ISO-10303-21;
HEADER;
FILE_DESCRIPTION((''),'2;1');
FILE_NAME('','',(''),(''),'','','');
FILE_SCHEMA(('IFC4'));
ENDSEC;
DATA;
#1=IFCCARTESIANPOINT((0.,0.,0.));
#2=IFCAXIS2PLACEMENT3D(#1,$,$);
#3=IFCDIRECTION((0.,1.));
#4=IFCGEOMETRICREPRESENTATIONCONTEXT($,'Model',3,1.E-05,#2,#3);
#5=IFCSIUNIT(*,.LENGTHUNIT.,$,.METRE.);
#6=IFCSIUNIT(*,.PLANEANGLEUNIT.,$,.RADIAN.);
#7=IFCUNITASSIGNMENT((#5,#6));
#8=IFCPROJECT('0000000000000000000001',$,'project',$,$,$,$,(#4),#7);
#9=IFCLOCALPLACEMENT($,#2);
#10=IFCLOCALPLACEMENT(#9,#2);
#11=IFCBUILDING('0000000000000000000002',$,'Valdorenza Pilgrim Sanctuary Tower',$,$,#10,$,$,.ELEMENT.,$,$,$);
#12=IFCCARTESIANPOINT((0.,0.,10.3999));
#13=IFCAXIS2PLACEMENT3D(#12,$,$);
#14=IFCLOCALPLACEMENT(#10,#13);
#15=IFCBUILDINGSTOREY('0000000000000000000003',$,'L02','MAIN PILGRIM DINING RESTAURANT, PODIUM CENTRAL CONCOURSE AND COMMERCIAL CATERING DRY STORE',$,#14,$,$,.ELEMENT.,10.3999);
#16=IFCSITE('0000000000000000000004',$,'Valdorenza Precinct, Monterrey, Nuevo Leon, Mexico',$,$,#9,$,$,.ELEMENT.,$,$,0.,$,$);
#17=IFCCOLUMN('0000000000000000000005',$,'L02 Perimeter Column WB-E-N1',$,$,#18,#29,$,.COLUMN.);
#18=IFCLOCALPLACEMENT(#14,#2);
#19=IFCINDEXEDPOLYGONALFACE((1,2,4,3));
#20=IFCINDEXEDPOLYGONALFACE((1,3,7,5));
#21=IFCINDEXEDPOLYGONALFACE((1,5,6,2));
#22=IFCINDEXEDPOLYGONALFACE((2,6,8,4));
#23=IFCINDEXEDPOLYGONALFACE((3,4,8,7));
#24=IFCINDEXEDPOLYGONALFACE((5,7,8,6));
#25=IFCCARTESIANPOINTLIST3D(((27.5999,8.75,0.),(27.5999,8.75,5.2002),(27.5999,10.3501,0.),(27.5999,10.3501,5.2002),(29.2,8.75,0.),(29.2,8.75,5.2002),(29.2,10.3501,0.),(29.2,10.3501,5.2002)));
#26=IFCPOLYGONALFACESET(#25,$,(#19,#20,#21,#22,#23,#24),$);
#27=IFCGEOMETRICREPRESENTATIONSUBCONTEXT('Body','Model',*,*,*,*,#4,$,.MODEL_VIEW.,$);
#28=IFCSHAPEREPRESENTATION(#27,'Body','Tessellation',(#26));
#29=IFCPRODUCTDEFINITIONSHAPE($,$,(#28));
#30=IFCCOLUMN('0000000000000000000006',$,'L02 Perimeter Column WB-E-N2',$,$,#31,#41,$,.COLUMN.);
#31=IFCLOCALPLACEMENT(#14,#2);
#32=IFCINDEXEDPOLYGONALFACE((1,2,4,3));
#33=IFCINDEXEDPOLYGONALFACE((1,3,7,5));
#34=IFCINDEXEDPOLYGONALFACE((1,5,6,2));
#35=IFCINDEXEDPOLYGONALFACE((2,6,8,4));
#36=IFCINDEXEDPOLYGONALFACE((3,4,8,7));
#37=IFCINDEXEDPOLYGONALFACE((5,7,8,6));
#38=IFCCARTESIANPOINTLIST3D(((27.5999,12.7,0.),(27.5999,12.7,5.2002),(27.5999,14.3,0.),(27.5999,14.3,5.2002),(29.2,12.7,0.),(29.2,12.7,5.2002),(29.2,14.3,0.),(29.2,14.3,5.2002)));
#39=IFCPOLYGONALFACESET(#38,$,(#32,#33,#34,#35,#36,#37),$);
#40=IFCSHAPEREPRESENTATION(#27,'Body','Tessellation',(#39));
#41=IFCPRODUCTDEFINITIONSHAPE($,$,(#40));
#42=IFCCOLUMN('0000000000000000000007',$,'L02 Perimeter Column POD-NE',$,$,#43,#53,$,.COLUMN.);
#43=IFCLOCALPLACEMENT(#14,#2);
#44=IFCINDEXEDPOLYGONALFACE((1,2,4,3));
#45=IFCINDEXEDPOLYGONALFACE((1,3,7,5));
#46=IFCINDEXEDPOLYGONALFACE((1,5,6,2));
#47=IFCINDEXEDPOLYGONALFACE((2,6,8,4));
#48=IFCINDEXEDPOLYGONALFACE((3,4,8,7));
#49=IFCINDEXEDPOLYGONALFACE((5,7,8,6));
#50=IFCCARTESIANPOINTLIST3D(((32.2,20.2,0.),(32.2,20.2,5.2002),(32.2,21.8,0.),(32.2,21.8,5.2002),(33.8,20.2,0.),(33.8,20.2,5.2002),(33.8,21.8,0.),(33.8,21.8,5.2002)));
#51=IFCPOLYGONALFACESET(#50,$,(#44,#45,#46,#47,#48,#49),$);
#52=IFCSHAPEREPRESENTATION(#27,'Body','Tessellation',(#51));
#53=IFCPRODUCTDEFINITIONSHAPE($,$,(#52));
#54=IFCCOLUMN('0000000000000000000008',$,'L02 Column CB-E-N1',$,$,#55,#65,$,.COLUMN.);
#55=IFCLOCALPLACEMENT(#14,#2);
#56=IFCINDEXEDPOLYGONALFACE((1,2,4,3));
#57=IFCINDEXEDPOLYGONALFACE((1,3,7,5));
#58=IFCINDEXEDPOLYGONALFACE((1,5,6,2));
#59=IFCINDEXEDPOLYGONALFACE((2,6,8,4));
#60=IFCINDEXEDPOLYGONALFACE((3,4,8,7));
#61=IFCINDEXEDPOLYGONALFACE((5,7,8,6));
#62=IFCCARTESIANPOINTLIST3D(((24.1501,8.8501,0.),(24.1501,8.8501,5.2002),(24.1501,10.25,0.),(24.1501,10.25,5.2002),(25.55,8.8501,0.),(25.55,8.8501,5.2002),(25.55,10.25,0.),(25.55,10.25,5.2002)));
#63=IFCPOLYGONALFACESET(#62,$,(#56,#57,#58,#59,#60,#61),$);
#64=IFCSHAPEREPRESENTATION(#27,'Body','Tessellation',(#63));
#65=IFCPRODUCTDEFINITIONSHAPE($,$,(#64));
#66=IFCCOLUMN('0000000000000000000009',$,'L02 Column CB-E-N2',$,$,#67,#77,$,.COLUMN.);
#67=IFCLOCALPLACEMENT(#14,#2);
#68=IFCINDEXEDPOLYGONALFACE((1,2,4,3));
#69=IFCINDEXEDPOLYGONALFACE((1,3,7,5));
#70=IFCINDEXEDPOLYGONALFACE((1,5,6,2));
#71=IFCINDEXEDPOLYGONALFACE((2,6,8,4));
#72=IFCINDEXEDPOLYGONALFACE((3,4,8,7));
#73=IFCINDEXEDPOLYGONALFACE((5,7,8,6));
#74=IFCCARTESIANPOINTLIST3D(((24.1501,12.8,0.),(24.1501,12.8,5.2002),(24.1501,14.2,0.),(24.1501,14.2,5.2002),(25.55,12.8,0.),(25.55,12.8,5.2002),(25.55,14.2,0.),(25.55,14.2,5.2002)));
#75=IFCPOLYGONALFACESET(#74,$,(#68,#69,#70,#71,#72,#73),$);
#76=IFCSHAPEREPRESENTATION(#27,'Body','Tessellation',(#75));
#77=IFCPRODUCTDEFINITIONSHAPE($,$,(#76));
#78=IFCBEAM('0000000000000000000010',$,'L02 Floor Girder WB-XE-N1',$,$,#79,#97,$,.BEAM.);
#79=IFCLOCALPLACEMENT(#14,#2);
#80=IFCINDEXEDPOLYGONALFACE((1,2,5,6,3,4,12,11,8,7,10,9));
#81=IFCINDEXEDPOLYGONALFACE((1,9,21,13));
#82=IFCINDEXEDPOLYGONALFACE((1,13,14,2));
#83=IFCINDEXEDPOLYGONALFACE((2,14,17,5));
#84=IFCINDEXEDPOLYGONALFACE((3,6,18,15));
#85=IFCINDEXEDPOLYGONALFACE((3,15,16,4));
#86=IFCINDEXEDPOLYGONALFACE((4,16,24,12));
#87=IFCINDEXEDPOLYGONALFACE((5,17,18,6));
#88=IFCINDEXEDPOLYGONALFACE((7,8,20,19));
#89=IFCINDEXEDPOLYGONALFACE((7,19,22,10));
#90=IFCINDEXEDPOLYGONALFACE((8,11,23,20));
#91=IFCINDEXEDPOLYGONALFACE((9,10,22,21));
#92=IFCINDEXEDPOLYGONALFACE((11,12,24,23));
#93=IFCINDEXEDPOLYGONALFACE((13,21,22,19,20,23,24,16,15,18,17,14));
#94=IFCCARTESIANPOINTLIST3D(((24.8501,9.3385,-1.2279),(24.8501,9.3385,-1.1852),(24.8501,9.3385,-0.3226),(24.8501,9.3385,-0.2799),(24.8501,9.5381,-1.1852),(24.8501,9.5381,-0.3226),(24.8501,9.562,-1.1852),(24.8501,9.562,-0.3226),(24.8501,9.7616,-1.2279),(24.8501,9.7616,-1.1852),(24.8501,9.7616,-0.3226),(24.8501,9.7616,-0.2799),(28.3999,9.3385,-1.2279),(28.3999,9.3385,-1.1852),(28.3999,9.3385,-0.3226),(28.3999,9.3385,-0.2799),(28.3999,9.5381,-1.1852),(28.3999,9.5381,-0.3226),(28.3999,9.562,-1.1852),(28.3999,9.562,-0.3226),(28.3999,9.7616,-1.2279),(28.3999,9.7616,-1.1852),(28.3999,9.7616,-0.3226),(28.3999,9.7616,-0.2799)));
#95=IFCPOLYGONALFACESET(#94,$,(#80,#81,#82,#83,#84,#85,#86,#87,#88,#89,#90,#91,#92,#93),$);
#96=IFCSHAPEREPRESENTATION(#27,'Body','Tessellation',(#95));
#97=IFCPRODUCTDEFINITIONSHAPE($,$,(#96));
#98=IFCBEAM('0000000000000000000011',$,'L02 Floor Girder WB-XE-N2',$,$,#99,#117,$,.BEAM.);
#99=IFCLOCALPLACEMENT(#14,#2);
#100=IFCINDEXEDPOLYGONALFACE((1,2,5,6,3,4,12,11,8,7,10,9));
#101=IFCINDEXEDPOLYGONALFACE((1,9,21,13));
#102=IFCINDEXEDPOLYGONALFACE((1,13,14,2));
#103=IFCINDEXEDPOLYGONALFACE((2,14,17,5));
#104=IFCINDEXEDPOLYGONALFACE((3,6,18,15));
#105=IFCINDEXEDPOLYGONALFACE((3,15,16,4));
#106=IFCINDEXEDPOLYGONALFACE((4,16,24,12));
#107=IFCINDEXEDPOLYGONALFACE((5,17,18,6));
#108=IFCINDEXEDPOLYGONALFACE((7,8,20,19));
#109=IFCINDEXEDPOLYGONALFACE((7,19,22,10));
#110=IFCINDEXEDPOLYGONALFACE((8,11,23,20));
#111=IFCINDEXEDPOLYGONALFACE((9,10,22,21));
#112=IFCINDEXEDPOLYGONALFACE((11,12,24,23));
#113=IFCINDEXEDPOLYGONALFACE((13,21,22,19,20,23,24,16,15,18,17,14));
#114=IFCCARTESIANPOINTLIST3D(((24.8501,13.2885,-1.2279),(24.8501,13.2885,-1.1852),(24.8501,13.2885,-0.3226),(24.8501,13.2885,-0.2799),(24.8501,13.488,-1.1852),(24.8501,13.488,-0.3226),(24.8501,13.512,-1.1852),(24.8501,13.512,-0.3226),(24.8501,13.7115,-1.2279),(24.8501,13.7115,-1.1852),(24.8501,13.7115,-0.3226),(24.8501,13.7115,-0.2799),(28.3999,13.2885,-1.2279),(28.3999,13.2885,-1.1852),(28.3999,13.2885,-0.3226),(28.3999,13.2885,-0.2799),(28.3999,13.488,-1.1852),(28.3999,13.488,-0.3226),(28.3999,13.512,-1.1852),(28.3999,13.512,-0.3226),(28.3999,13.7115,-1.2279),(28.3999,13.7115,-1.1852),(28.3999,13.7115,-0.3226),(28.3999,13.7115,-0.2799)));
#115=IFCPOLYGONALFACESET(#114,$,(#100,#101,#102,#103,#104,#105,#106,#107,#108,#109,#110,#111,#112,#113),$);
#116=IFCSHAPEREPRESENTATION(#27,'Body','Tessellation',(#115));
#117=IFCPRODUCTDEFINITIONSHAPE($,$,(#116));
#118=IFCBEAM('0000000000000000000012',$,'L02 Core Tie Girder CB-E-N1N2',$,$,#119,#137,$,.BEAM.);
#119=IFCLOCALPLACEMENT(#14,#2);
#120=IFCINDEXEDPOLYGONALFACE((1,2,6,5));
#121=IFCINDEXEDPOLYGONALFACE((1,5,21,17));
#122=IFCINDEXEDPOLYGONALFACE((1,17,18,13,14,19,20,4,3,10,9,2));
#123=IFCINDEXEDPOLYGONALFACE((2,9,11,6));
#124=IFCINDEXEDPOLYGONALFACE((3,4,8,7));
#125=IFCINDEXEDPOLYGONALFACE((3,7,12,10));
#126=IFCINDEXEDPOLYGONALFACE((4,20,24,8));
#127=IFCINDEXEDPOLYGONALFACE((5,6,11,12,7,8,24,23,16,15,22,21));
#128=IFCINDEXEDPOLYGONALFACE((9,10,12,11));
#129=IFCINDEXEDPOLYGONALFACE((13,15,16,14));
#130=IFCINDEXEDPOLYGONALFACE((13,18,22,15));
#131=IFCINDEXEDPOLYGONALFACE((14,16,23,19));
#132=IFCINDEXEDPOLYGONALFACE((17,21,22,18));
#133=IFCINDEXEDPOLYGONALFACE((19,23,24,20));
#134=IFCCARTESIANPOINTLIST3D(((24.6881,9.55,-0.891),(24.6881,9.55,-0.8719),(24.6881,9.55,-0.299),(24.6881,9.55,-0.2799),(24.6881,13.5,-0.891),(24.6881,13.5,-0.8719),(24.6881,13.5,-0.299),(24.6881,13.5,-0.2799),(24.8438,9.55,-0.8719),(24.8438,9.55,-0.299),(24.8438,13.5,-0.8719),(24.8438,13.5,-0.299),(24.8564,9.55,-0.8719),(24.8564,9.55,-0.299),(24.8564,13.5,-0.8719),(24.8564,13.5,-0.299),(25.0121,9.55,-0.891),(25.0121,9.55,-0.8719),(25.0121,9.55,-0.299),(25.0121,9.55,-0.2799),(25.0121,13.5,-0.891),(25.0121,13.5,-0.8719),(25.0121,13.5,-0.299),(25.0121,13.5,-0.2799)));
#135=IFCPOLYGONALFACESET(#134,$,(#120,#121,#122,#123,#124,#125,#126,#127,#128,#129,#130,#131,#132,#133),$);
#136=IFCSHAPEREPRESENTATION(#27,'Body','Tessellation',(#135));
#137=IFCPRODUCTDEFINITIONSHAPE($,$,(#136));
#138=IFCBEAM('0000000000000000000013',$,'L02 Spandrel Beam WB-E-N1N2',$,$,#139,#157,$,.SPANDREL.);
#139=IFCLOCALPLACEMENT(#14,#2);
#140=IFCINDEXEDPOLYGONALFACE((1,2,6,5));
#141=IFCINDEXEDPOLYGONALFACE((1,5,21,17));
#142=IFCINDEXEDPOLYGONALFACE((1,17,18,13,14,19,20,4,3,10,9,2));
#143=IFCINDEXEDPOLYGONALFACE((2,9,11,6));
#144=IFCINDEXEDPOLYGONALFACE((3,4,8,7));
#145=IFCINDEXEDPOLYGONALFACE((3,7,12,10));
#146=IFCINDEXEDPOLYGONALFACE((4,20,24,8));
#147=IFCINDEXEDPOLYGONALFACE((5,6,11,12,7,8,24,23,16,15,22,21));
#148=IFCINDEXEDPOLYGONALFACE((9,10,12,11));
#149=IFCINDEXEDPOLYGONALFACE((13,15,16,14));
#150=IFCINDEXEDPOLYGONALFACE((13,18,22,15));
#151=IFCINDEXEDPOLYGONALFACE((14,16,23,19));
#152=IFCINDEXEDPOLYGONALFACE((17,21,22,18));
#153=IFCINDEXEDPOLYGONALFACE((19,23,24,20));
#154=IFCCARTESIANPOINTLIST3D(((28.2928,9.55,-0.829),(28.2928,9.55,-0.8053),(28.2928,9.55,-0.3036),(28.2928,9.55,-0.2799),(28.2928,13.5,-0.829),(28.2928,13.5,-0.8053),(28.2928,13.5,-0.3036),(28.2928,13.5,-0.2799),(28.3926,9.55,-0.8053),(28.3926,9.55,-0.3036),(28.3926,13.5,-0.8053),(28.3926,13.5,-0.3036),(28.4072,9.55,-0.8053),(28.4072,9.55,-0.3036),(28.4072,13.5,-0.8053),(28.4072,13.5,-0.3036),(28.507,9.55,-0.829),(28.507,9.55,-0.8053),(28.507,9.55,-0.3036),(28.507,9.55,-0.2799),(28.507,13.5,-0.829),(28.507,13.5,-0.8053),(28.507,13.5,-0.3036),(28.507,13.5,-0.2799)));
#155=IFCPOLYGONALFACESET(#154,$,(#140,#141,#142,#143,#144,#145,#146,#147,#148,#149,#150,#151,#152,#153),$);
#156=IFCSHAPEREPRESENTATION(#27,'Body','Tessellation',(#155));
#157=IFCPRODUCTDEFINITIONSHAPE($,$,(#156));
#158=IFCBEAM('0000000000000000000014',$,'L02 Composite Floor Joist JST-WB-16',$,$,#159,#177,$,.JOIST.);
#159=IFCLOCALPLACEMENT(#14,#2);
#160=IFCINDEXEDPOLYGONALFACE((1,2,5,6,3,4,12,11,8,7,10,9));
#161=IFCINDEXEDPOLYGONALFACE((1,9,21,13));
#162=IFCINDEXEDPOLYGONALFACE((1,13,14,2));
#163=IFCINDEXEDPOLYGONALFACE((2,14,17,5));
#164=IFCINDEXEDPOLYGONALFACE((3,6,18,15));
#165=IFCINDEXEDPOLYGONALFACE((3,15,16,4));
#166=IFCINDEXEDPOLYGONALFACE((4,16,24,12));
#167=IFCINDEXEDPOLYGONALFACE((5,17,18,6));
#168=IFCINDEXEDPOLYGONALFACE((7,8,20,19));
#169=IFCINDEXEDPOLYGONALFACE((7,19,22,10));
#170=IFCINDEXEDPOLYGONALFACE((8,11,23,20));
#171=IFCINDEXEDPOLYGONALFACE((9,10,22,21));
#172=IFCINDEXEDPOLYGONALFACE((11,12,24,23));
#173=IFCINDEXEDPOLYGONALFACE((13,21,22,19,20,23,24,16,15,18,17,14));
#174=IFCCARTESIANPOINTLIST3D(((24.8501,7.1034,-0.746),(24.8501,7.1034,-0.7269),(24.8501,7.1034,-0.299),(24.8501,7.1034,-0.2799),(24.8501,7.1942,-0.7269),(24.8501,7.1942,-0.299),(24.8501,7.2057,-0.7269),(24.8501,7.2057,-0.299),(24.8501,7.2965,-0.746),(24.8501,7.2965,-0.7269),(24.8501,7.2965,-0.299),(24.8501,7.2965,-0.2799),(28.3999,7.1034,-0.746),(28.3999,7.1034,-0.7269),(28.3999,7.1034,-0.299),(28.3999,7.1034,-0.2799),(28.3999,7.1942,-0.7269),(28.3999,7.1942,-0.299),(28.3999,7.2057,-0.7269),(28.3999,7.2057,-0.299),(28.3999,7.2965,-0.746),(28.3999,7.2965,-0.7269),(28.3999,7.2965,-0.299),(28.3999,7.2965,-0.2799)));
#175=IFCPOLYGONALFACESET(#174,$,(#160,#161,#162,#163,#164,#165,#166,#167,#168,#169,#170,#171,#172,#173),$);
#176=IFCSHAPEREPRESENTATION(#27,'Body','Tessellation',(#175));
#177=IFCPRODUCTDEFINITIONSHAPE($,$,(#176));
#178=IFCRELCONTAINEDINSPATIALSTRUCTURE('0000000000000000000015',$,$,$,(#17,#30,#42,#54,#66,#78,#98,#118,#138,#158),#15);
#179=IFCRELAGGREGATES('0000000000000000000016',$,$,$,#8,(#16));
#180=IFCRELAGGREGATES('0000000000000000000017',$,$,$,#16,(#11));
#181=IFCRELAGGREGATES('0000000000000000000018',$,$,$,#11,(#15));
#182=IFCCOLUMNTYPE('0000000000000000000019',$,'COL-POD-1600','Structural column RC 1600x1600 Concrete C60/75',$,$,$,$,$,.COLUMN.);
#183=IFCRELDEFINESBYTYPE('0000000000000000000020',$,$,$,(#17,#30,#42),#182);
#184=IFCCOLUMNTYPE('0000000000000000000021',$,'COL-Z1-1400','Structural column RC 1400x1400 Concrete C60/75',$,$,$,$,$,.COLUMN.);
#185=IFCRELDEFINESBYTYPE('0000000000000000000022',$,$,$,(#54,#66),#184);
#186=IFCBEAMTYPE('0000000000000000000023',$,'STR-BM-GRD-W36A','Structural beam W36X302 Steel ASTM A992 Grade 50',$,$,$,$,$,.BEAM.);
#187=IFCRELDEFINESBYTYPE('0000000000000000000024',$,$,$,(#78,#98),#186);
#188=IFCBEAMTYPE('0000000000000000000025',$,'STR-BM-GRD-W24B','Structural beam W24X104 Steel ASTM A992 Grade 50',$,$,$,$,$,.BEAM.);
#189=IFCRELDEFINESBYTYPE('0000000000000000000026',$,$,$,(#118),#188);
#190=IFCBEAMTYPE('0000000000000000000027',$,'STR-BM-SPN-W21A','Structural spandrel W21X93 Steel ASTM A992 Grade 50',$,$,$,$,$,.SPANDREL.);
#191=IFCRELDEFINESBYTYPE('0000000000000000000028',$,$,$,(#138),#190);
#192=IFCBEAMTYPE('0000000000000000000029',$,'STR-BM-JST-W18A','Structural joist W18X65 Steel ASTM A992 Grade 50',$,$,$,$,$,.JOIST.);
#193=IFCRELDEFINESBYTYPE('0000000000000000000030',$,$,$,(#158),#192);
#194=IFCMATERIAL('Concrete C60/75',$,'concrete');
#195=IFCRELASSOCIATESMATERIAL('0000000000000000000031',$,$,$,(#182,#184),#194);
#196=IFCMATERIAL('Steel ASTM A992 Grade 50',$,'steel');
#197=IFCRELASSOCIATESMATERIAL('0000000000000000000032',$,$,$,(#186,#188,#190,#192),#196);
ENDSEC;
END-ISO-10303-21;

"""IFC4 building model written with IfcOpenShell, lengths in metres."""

from ifc_helpers import new_model, si_unit, direction, frame, origin, origin_2d, place, context, subcontext, project, spatial, rectangle, i_section, extrude, source, transform, mapped, material, material_profile, profile_set, type_object, element, save


model = new_model("IFC4")

# Units and contexts
model_context = context("Model", 3, precision=1e-05, world=origin(), true_north=direction((0.0, 1.0)))
body_context = subcontext(model_context, "Body", "Model", "MODEL_VIEW")
ifc_project = project(units=[si_unit("LENGTHUNIT", "METRE"), si_unit("PLANEANGLEUNIT", "RADIAN")], contexts=[model_context])

# Site, building, storey
site_placement = place(None, origin())
site = spatial("IfcSite", under=ifc_project, at=site_placement, Name="Valdorenza Precinct, Monterrey, Nuevo Leon, Mexico", CompositionType="ELEMENT", RefElevation=0.0)
building_placement = place(site_placement, origin())
building = spatial("IfcBuilding", under=site, at=building_placement, Name="Valdorenza Pilgrim Sanctuary Tower", CompositionType="ELEMENT")
storey_placement = place(building_placement, frame((0.0, 0.0, 10.3999)))
storey = spatial("IfcBuildingStorey", under=building, at=storey_placement, Name="L02", Description="MAIN PILGRIM DINING RESTAURANT, PODIUM CENTRAL CONCOURSE AND COMMERCIAL CATERING DRY STORE", CompositionType="ELEMENT", Elevation=10.3999)

# Columns
ifc_material_1 = material(Name="Concrete C60/75", Category="concrete")
ifc_material_profile_1 = material_profile(ifc_material_1, rectangle(XDim=1.6001, YDim=1.6001, at=origin_2d()), Name="RC 1600x1600")
ifc_profile_set_1 = profile_set([ifc_material_profile_1], Name="Concrete C60/75")
column_type_1 = type_object("IfcColumnType", Name="COL-POD-1600", Description="Structural column RC 1600x1600 Concrete C60/75", PredefinedType="COLUMN", material=ifc_profile_set_1)
shared_shape_1 = source(origin(), body_context, "Body", "SweptSolid", [
    extrude(rectangle(XDim=1.6001, YDim=1.6001, at=origin_2d()), origin(), (0.0, 0.0, 1.0), 5.2002),
])
for number, where, z_axis, x_axis, name in (
    (1, (28.3999, 9.55, 0.0), (0.0, 0.0, 1.0), (1.0, 0.0, 0.0), "L02 Perimeter Column WB-E-N1"),
    (2, (28.3999, 13.5, 0.0), (0.0, 0.0, 1.0), (1.0, 0.0, 0.0), "L02 Perimeter Column WB-E-N2"),
    (3, (33.0, 21.0, 0.0), (0.0, 0.0, 1.0), (1.0, 0.0, 0.0), "L02 Perimeter Column POD-NE"),
):
    element("IfcColumn", number, at=place(storey_placement, frame(where, z_axis=z_axis, x_axis=x_axis)), inside=storey, type_object=column_type_1, Name=name, PredefinedType="COLUMN", context=body_context, shape_type="MappedRepresentation", body=[
        mapped(shared_shape_1, transform((0.0, 0.0, 0.0), x_axis=(1.0, 0.0, 0.0), y_axis=(0.0, 1.0, 0.0), z_axis=(0.0, 0.0, 1.0), scale=1.0)),
    ])
ifc_material_profile_2 = material_profile(ifc_material_1, rectangle(XDim=1.3999, YDim=1.3999, at=origin_2d()), Name="RC 1400x1400")
ifc_profile_set_2 = profile_set([ifc_material_profile_2], Name="Concrete C60/75")
column_type_2 = type_object("IfcColumnType", Name="COL-Z1-1400", Description="Structural column RC 1400x1400 Concrete C60/75", PredefinedType="COLUMN", material=ifc_profile_set_2)
shared_shape_2 = source(origin(), body_context, "Body", "SweptSolid", [
    extrude(rectangle(XDim=1.3999, YDim=1.3999, at=origin_2d()), origin(), (0.0, 0.0, 1.0), 5.2002),
])
for number, where, z_axis, x_axis, name in (
    (4, (24.8501, 9.55, 0.0), (0.0, 0.0, 1.0), (1.0, 0.0, 0.0), "L02 Column CB-E-N1"),
    (5, (24.8501, 13.5, 0.0), (0.0, 0.0, 1.0), (1.0, 0.0, 0.0), "L02 Column CB-E-N2"),
):
    element("IfcColumn", number, at=place(storey_placement, frame(where, z_axis=z_axis, x_axis=x_axis)), inside=storey, type_object=column_type_2, Name=name, PredefinedType="COLUMN", context=body_context, shape_type="MappedRepresentation", body=[
        mapped(shared_shape_2, transform((0.0, 0.0, 0.0), x_axis=(1.0, 0.0, 0.0), y_axis=(0.0, 1.0, 0.0), z_axis=(0.0, 0.0, 1.0), scale=1.0)),
    ])

# Beams
ifc_material_2 = material(Name="Steel ASTM A992 Grade 50", Category="steel")
ifc_material_profile_3 = material_profile(ifc_material_2, i_section(OverallWidth=0.4231, OverallDepth=0.948, WebThickness=0.0239, FlangeThickness=0.0427, at=origin_2d()), Name="W36X302")
ifc_profile_set_3 = profile_set([ifc_material_profile_3], Name="Steel ASTM A992 Grade 50")
beam_type_1 = type_object("IfcBeamType", Name="STR-BM-GRD-W36A", Description="Structural beam W36X302 Steel ASTM A992 Grade 50", PredefinedType="BEAM", material=ifc_profile_set_3)
shared_shape_3 = source(origin(), body_context, "Body", "SweptSolid", [
    extrude(i_section(OverallWidth=0.4231, OverallDepth=0.948, WebThickness=0.0239, FlangeThickness=0.0427, at=origin_2d()), origin(), (0.0, 0.0, 1.0), 3.5498),
])
for number, where, z_axis, x_axis, name in (
    (6, (24.8501, 9.55, -0.7539), (1.0, 0.0, 0.0), (0.0, 1.0, 0.0), "L02 Floor Girder WB-XE-N1"),
    (7, (24.8501, 13.5, -0.7539), (1.0, 0.0, 0.0), (0.0, 1.0, 0.0), "L02 Floor Girder WB-XE-N2"),
):
    element("IfcBeam", number, at=place(storey_placement, frame(where, z_axis=z_axis, x_axis=x_axis)), inside=storey, type_object=beam_type_1, Name=name, PredefinedType="BEAM", context=body_context, shape_type="MappedRepresentation", body=[
        mapped(shared_shape_3, transform((0.0, 0.0, 0.0), x_axis=(1.0, 0.0, 0.0), y_axis=(0.0, 1.0, 0.0), z_axis=(0.0, 0.0, 1.0), scale=1.0)),
    ])
ifc_material_profile_4 = material_profile(ifc_material_2, i_section(OverallWidth=0.324, OverallDepth=0.6111, WebThickness=0.0127, FlangeThickness=0.019, at=origin_2d()), Name="W24X104")
ifc_profile_set_4 = profile_set([ifc_material_profile_4], Name="Steel ASTM A992 Grade 50")
beam_type_2 = type_object("IfcBeamType", Name="STR-BM-GRD-W24B", Description="Structural beam W24X104 Steel ASTM A992 Grade 50", PredefinedType="BEAM", material=ifc_profile_set_4)
shared_shape_4 = source(origin(), body_context, "Body", "SweptSolid", [
    extrude(i_section(OverallWidth=0.324, OverallDepth=0.6111, WebThickness=0.0127, FlangeThickness=0.019, at=origin_2d()), origin(), (0.0, 0.0, 1.0), 3.95),
])
beam_1_placement = place(storey_placement, frame((24.8501, 9.55, -0.5854), z_axis=(0.0, 1.0, 0.0), x_axis=(-1.0, 0.0, 0.0)))
element("IfcBeam", 8, at=beam_1_placement, inside=storey, type_object=beam_type_2, Name="L02 Core Tie Girder CB-E-N1N2", PredefinedType="BEAM", context=body_context, shape_type="MappedRepresentation", body=[
    mapped(shared_shape_4, transform((0.0, 0.0, 0.0), x_axis=(1.0, 0.0, 0.0), y_axis=(0.0, 1.0, 0.0), z_axis=(0.0, 0.0, 1.0), scale=1.0)),
])
ifc_material_profile_5 = material_profile(ifc_material_2, i_section(OverallWidth=0.2141, OverallDepth=0.5491, WebThickness=0.0146, FlangeThickness=0.0237, at=origin_2d()), Name="W21X93")
ifc_profile_set_5 = profile_set([ifc_material_profile_5], Name="Steel ASTM A992 Grade 50")
beam_type_3 = type_object("IfcBeamType", Name="STR-BM-SPN-W21A", Description="Structural spandrel W21X93 Steel ASTM A992 Grade 50", PredefinedType="SPANDREL", material=ifc_profile_set_5)
shared_shape_5 = source(origin(), body_context, "Body", "SweptSolid", [
    extrude(i_section(OverallWidth=0.2141, OverallDepth=0.5491, WebThickness=0.0146, FlangeThickness=0.0237, at=origin_2d()), origin(), (0.0, 0.0, 1.0), 3.95),
])
beam_2_placement = place(storey_placement, frame((28.3999, 9.55, -0.5544), z_axis=(0.0, 1.0, 0.0), x_axis=(-1.0, 0.0, 0.0)))
element("IfcBeam", 9, at=beam_2_placement, inside=storey, type_object=beam_type_3, Name="L02 Spandrel Beam WB-E-N1N2", PredefinedType="SPANDREL", context=body_context, shape_type="MappedRepresentation", body=[
    mapped(shared_shape_5, transform((0.0, 0.0, 0.0), x_axis=(1.0, 0.0, 0.0), y_axis=(0.0, 1.0, 0.0), z_axis=(0.0, 0.0, 1.0), scale=1.0)),
])
ifc_material_profile_6 = material_profile(ifc_material_2, i_section(OverallWidth=0.1931, OverallDepth=0.4661, WebThickness=0.0115, FlangeThickness=0.019, at=origin_2d()), Name="W18X65")
ifc_profile_set_6 = profile_set([ifc_material_profile_6], Name="Steel ASTM A992 Grade 50")
beam_type_4 = type_object("IfcBeamType", Name="STR-BM-JST-W18A", Description="Structural joist W18X65 Steel ASTM A992 Grade 50", PredefinedType="JOIST", material=ifc_profile_set_6)
shared_shape_6 = source(origin(), body_context, "Body", "SweptSolid", [
    extrude(i_section(OverallWidth=0.1931, OverallDepth=0.4661, WebThickness=0.0115, FlangeThickness=0.019, at=origin_2d()), origin(), (0.0, 0.0, 1.0), 3.5498),
])
for number, where, z_axis, x_axis, name in (
    (10, (24.8501, 7.2, -0.5129), (1.0, 0.0, 0.0), (0.0, 1.0, 0.0), "L02 Composite Floor Joist JST-WB-16"),
):
    element("IfcBeam", number, at=place(storey_placement, frame(where, z_axis=z_axis, x_axis=x_axis)), inside=storey, type_object=beam_type_4, Name=name, PredefinedType="JOIST", context=body_context, shape_type="MappedRepresentation", body=[
        mapped(shared_shape_6, transform((0.0, 0.0, 0.0), x_axis=(1.0, 0.0, 0.0), y_axis=(0.0, 1.0, 0.0), z_axis=(0.0, 0.0, 1.0), scale=1.0)),
    ])

save(model, "model.ifc")
